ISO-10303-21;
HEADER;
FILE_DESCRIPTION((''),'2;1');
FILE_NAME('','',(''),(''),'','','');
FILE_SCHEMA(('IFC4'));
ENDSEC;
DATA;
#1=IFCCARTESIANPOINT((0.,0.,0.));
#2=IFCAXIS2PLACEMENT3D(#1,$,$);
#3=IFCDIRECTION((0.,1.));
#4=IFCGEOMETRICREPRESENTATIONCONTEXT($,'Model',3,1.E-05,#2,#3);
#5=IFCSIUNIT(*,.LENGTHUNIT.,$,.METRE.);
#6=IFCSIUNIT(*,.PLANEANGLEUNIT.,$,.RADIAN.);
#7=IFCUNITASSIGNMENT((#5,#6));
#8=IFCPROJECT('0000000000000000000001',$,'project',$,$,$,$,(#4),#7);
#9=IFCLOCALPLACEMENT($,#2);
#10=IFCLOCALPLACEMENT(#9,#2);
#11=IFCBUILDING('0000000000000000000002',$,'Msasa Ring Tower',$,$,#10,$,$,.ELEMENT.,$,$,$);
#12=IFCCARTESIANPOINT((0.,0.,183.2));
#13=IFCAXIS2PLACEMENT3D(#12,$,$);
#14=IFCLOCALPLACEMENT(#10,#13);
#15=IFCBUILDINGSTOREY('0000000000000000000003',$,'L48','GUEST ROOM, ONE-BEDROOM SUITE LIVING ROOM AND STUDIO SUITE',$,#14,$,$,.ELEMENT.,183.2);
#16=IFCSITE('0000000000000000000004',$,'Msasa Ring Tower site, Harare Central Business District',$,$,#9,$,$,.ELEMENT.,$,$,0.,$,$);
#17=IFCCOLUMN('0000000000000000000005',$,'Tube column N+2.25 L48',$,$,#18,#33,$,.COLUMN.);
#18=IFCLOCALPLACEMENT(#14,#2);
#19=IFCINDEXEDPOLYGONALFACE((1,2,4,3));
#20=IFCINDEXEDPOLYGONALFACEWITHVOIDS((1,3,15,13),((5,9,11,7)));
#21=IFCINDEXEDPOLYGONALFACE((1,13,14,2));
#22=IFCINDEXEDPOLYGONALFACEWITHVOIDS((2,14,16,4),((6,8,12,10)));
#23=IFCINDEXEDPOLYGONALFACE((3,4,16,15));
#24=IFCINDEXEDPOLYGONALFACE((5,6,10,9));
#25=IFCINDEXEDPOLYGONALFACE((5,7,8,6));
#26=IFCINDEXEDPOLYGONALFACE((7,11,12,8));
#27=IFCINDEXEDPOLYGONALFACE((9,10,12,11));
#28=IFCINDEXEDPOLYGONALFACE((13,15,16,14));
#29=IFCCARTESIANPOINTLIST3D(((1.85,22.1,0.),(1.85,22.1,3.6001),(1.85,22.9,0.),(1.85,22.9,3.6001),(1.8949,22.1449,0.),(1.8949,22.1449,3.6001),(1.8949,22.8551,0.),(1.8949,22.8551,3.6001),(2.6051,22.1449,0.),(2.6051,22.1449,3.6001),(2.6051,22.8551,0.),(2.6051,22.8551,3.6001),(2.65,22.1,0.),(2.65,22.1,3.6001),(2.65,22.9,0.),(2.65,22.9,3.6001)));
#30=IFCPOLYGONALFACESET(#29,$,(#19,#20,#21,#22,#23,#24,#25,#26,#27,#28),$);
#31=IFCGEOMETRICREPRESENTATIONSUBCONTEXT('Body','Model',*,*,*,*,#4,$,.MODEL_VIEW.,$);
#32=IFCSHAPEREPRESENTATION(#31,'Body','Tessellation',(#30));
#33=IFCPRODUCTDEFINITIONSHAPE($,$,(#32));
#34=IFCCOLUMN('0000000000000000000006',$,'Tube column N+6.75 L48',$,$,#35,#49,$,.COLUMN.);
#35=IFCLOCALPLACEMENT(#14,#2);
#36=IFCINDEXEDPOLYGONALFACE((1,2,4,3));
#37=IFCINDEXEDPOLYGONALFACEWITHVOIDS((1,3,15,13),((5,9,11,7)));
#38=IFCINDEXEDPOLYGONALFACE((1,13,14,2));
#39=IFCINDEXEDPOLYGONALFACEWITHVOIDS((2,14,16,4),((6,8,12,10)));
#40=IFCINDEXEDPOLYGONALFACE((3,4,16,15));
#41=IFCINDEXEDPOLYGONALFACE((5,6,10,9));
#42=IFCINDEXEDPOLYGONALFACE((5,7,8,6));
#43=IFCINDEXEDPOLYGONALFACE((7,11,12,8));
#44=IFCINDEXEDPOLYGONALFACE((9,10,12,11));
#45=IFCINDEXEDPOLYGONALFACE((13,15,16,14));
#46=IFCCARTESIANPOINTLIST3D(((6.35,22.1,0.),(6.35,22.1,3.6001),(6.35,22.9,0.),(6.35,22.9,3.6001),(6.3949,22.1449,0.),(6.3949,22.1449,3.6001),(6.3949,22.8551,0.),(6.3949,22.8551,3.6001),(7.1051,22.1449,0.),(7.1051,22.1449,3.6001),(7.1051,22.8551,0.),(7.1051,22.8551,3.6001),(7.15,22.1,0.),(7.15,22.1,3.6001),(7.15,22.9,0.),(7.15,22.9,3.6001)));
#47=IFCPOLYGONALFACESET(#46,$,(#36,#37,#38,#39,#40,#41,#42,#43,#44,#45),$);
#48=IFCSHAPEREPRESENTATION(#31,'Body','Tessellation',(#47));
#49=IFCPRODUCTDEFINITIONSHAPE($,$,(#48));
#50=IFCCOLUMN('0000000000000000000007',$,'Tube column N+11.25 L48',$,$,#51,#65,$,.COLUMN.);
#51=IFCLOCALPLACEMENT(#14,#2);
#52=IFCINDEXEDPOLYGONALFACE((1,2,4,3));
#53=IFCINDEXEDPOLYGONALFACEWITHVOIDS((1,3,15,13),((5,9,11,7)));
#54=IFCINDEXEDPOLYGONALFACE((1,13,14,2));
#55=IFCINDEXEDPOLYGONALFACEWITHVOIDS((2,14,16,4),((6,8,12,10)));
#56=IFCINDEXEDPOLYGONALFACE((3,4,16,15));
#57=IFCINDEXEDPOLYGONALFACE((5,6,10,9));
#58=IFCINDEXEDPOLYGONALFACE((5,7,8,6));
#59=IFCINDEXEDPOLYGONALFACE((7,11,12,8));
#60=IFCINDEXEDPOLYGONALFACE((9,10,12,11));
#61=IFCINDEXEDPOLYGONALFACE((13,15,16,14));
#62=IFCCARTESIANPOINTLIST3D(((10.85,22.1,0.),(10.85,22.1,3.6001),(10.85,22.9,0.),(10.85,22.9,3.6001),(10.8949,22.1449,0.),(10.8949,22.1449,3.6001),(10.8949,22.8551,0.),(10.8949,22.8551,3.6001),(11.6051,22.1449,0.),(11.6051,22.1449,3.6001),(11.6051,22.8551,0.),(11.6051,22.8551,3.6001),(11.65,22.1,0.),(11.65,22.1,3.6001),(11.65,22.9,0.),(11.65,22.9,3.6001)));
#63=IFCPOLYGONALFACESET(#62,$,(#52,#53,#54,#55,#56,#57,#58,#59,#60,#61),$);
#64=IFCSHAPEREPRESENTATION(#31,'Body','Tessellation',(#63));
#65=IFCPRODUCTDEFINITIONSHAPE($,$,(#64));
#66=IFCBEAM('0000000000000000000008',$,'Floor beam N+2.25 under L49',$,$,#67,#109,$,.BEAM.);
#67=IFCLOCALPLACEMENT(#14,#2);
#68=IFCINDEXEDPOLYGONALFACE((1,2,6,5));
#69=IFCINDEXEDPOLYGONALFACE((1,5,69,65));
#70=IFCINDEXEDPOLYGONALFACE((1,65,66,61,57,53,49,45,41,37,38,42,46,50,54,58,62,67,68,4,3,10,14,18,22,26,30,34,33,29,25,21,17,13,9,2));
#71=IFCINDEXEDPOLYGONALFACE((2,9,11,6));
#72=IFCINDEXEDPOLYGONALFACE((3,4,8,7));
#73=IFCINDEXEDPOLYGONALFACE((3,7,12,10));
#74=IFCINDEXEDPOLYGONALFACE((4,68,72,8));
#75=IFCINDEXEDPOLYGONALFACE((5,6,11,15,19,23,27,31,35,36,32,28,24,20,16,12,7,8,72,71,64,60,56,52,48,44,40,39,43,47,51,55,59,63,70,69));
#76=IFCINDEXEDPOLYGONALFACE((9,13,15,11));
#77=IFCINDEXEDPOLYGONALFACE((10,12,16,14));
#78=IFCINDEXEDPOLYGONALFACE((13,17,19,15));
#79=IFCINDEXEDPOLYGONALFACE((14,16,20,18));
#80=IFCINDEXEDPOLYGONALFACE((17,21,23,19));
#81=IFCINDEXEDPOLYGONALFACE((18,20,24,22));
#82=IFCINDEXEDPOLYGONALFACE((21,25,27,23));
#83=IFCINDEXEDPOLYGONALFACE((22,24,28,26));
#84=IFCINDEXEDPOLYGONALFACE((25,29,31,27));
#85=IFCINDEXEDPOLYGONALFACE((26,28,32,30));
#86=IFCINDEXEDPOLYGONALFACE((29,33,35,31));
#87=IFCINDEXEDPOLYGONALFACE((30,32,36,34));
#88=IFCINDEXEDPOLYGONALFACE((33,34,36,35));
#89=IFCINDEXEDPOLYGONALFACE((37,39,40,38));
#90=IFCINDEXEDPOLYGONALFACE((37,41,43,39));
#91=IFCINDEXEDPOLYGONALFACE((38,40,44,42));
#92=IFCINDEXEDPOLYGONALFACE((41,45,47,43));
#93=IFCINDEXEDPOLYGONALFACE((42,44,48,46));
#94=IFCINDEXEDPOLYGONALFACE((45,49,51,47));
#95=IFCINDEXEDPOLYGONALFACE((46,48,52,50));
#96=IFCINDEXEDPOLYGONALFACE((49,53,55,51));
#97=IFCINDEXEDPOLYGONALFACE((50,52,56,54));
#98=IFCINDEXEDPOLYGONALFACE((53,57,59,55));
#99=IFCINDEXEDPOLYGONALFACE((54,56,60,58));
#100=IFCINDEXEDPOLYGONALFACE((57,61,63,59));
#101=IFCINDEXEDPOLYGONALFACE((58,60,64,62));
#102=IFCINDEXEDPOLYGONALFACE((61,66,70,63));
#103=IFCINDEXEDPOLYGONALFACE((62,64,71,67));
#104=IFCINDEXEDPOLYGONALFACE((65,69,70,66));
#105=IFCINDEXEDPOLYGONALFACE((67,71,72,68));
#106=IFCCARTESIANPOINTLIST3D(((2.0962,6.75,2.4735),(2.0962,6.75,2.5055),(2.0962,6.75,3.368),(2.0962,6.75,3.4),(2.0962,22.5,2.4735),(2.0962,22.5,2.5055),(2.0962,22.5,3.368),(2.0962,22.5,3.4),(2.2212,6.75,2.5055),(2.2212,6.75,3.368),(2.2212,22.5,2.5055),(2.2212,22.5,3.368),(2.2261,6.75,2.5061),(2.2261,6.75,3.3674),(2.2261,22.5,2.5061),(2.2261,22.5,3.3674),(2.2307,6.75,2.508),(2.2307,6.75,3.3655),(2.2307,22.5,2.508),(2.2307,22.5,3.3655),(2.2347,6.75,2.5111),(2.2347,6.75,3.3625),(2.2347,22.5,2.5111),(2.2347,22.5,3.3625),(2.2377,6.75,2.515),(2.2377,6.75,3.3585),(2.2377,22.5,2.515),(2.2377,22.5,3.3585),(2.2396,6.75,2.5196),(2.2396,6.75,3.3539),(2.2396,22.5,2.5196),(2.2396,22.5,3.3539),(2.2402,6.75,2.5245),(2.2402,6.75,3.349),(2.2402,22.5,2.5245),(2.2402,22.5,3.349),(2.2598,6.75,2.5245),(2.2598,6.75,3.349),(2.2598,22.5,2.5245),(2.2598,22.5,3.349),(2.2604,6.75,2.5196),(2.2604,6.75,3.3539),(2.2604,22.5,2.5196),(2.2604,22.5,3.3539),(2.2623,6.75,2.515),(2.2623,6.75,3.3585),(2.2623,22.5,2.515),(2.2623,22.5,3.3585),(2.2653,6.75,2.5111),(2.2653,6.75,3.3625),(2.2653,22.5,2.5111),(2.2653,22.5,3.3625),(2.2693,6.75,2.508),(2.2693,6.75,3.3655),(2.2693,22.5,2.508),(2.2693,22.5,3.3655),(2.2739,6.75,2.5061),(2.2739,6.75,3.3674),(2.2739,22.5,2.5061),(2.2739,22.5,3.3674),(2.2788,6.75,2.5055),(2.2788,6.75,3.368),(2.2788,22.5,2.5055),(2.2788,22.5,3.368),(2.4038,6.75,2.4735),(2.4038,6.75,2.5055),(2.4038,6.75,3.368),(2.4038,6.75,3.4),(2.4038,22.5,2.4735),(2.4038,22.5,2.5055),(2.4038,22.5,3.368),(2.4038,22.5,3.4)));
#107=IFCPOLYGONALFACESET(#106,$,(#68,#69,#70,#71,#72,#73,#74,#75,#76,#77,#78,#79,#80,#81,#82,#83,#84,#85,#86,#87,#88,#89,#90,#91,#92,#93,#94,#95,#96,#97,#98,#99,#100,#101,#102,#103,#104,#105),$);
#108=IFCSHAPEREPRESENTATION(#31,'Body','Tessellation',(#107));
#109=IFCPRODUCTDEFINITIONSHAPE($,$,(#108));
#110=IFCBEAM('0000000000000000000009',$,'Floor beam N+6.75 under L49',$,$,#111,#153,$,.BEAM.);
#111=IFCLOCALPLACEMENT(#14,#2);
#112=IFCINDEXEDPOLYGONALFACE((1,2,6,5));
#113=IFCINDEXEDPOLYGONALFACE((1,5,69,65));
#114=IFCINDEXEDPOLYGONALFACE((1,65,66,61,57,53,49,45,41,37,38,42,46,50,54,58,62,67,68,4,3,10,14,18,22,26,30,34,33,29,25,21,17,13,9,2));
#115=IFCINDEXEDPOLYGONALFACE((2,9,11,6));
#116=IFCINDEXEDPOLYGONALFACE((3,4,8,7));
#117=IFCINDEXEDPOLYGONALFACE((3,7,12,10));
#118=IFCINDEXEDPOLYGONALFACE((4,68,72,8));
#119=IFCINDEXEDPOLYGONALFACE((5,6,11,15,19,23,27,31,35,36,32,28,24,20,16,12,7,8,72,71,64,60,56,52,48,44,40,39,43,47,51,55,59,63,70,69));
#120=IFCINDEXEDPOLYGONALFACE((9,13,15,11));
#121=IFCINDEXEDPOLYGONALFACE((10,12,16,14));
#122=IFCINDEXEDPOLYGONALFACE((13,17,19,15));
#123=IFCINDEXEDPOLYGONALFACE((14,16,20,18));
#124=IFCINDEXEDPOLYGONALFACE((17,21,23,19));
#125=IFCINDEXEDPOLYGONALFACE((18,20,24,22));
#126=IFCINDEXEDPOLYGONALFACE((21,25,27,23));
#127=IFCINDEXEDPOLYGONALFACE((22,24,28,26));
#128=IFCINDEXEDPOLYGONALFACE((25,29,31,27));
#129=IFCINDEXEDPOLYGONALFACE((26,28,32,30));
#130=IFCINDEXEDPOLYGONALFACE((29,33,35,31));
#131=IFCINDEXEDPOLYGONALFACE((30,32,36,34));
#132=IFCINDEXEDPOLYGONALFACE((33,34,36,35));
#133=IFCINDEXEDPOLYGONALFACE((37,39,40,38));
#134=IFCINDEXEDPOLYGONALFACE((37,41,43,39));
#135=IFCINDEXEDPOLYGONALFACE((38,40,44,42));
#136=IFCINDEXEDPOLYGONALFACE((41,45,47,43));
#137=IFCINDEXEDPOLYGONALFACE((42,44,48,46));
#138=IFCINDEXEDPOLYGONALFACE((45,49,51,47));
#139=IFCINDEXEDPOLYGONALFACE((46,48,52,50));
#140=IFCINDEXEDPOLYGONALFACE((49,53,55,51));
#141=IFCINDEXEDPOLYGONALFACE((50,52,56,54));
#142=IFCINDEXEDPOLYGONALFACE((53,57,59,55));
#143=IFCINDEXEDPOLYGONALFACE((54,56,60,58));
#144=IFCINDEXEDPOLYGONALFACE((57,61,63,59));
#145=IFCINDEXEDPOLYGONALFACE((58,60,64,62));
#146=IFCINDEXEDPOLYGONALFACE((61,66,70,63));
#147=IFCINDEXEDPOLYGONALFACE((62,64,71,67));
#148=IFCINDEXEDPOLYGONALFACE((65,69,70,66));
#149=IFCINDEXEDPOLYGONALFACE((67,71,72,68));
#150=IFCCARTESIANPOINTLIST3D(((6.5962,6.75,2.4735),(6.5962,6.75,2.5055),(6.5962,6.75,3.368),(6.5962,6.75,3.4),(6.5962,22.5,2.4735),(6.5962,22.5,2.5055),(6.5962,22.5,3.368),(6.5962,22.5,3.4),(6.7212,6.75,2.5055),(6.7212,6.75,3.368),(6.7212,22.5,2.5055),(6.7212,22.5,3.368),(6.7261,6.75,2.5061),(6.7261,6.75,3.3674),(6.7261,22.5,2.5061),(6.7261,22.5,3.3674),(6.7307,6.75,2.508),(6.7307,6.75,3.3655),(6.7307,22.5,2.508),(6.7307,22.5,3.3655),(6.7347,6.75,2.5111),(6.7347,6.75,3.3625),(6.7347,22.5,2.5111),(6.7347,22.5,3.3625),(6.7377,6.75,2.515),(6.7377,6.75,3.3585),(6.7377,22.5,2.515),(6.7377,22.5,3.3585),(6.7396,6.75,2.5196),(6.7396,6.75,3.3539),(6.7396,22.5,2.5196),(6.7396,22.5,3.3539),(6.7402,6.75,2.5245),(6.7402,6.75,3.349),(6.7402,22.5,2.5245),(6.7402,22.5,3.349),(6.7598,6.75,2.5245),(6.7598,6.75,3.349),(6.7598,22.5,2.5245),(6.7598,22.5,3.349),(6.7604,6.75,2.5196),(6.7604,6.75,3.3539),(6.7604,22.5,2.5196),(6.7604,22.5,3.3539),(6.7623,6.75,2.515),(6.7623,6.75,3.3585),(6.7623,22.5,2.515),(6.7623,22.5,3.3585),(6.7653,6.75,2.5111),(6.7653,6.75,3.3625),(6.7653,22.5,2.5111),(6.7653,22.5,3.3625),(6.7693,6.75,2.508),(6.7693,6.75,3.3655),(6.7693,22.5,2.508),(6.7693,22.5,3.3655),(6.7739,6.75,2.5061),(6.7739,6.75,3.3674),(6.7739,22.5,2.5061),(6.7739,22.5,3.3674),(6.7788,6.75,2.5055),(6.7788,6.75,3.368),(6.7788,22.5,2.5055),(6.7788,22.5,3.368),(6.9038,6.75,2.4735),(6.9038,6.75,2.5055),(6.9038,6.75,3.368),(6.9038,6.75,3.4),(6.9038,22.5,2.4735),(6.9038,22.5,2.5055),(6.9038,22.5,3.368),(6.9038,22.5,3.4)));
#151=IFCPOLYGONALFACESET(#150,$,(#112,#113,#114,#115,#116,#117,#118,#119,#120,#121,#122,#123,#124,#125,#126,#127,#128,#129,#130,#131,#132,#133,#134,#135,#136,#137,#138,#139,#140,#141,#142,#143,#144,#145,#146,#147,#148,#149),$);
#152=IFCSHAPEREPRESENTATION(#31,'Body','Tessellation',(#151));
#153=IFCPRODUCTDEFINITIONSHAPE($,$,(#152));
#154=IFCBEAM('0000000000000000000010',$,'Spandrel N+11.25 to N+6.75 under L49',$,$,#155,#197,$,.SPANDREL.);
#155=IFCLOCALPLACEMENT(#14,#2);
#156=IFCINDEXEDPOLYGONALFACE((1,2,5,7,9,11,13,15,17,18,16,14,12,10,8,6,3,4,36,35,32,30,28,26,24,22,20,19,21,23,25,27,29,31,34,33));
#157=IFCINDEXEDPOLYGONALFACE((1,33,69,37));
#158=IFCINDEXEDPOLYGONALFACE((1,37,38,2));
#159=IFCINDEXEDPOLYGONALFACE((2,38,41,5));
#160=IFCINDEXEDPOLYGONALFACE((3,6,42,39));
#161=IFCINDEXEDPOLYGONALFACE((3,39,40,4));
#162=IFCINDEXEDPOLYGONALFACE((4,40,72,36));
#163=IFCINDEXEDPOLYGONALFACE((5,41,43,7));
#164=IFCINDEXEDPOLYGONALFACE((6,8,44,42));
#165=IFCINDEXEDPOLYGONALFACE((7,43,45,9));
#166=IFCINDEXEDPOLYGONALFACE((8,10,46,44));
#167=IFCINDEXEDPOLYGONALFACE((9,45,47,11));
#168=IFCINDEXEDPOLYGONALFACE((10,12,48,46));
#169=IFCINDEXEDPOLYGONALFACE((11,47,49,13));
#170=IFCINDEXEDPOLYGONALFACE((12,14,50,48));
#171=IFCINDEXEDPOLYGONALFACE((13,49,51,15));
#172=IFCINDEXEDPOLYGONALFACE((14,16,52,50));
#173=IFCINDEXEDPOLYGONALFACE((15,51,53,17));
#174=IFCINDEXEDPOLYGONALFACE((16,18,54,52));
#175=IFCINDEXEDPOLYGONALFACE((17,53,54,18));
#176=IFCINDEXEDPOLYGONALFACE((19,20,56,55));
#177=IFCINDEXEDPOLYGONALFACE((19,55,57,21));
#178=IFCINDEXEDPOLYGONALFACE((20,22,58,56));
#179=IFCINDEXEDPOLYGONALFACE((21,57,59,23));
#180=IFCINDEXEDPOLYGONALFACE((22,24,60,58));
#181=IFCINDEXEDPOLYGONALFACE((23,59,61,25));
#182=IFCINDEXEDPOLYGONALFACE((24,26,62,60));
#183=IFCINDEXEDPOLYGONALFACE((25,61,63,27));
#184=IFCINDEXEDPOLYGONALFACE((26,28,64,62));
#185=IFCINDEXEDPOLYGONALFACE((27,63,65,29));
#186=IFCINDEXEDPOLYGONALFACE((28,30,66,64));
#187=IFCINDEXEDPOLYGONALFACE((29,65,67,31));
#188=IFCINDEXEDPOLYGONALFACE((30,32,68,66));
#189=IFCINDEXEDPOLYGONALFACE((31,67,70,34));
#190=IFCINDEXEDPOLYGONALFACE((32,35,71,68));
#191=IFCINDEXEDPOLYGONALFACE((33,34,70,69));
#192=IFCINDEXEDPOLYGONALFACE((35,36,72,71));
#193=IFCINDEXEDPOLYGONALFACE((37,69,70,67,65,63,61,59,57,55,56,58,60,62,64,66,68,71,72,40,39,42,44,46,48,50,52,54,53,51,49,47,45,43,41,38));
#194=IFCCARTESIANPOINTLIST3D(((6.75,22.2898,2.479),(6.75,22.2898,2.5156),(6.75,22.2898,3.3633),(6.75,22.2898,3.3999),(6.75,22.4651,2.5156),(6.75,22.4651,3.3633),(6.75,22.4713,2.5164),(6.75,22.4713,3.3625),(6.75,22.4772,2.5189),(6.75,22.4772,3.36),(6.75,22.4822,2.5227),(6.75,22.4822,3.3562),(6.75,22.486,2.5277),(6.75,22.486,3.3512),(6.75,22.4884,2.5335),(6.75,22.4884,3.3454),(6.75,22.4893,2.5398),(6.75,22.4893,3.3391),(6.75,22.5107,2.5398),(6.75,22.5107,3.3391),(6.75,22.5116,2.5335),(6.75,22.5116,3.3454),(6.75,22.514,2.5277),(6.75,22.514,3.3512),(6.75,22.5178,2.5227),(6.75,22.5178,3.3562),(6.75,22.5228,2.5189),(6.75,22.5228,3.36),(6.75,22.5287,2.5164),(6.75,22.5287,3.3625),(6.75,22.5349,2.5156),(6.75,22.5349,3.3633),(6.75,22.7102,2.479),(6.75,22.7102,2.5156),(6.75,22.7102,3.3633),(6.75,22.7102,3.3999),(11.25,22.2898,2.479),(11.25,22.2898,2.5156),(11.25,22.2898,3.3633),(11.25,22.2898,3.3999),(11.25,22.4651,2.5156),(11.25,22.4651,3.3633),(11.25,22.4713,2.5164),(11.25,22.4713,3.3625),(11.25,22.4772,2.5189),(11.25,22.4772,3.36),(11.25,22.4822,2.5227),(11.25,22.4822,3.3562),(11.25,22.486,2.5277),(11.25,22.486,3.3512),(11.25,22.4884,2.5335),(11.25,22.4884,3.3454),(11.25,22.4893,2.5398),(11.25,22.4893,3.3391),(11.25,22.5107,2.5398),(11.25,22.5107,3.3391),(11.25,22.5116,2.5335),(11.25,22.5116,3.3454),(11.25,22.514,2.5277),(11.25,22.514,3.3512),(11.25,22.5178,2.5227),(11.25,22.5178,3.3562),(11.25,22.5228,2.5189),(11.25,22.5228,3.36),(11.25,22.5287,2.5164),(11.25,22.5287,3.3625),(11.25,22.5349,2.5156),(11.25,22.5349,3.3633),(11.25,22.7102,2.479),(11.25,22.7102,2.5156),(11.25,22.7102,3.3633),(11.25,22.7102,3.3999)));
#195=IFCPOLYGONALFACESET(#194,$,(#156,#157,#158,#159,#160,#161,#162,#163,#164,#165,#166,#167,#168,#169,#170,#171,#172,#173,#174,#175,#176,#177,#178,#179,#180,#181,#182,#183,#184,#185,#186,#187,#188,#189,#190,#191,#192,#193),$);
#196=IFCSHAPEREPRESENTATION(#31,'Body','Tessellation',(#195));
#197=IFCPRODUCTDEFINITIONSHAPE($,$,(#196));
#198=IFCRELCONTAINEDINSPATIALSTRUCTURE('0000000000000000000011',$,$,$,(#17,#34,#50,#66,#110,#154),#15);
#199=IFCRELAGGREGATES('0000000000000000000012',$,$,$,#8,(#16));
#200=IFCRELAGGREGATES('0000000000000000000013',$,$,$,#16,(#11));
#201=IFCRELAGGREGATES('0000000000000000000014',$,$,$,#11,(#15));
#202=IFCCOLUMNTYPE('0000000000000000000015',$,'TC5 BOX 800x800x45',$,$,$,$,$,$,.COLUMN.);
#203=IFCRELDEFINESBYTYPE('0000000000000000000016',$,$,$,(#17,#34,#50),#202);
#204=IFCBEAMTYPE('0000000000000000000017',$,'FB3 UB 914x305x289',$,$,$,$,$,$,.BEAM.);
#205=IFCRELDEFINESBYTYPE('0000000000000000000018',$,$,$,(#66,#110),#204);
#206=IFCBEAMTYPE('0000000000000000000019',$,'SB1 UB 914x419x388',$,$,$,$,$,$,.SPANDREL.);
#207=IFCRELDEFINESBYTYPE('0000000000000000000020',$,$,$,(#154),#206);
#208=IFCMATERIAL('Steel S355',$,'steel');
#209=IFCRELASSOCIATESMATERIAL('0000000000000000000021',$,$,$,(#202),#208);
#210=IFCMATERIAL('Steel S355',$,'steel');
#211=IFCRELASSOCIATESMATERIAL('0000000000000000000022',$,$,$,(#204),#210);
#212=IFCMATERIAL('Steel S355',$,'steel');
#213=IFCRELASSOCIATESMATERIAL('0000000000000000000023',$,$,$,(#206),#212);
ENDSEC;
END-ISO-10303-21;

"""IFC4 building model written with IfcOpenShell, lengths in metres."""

from ifc_helpers import new_model, si_unit, direction, frame, origin, origin_2d, place, context, subcontext, project, spatial, hollow_rectangle, i_section, extrude, material, material_profile, profile_set, type_object, element, save


model = new_model("IFC4")

# Units and contexts
model_context = context("Model", 3, precision=1e-05, world=origin(), true_north=direction((0.0, 1.0)))
body_context = subcontext(model_context, "Body", "Model", "MODEL_VIEW")
ifc_project = project(units=[si_unit("LENGTHUNIT", "METRE"), si_unit("PLANEANGLEUNIT", "RADIAN")], contexts=[model_context])

# Site, building, storey
site_placement = place(None, origin())
site = spatial("IfcSite", under=ifc_project, at=site_placement, Name="Msasa Ring Tower site, Harare Central Business District", CompositionType="ELEMENT", RefElevation=0.0)
building_placement = place(site_placement, origin())
building = spatial("IfcBuilding", under=site, at=building_placement, Name="Msasa Ring Tower", CompositionType="ELEMENT")
storey_placement = place(building_placement, frame((0.0, 0.0, 183.2)))
storey = spatial("IfcBuildingStorey", under=building, at=storey_placement, Name="L48", Description="GUEST ROOM, ONE-BEDROOM SUITE LIVING ROOM AND STUDIO SUITE", CompositionType="ELEMENT", Elevation=183.2)

# Columns
ifc_material_1 = material(Name="Steel S355", Category="steel")
ifc_material_profile_1 = material_profile(ifc_material_1, hollow_rectangle(XDim=0.8, YDim=0.8, WallThickness=0.0449, at=origin_2d()), Name="BOX 800x800x45")
ifc_profile_set_1 = profile_set([ifc_material_profile_1], Name="Steel S355")
column_type = type_object("IfcColumnType", Name="TC5 BOX 800x800x45", PredefinedType="COLUMN", material=ifc_profile_set_1)
for number, where, z_axis, x_axis, name in (
    (1, (2.25, 22.5, 0.0), (0.0, 0.0, 1.0), (0.0, 1.0, 0.0), "Tube column N+2.25 L48"),
    (2, (6.75, 22.5, 0.0), (0.0, 0.0, 1.0), (0.0, 1.0, 0.0), "Tube column N+6.75 L48"),
    (3, (11.25, 22.5, 0.0), (0.0, 0.0, 1.0), (0.0, 1.0, 0.0), "Tube column N+11.25 L48"),
):
    element("IfcColumn", number, at=place(storey_placement, frame(where, z_axis=z_axis, x_axis=x_axis)), inside=storey, type_object=column_type, Name=name, PredefinedType="COLUMN", context=body_context, shape_type="SweptSolid", body=[
        extrude(hollow_rectangle(XDim=0.8, YDim=0.8, WallThickness=0.0449, at=origin_2d()), origin(), (0.0, 0.0, 1.0), 3.6001),
    ])

# Beams
ifc_material_2 = material(Name="Steel S355", Category="steel")
ifc_material_profile_2 = material_profile(ifc_material_2, i_section(OverallWidth=0.3076, OverallDepth=0.9265, WebThickness=0.0195, FlangeThickness=0.032, FilletRadius=0.019, at=origin_2d()), Name="UB 914x305x289")
ifc_profile_set_2 = profile_set([ifc_material_profile_2], Name="Steel S355")
beam_type_1 = type_object("IfcBeamType", Name="FB3 UB 914x305x289", PredefinedType="BEAM", material=ifc_profile_set_2)
for number, where, z_axis, x_axis, name in (
    (4, (2.25, 22.5, 2.9368), (0.0, -1.0, 0.0), (1.0, 0.0, 0.0), "Floor beam N+2.25 under L49"),
    (5, (6.75, 22.5, 2.9368), (0.0, -1.0, 0.0), (1.0, 0.0, 0.0), "Floor beam N+6.75 under L49"),
):
    element("IfcBeam", number, at=place(storey_placement, frame(where, z_axis=z_axis, x_axis=x_axis)), inside=storey, type_object=beam_type_1, Name=name, PredefinedType="BEAM", context=body_context, shape_type="SweptSolid", body=[
        extrude(i_section(OverallWidth=0.3076, OverallDepth=0.9265, WebThickness=0.0195, FlangeThickness=0.032, FilletRadius=0.019, at=origin_2d()), origin(), (0.0, 0.0, 1.0), 15.75),
    ])
ifc_material_3 = material(Name="Steel S355", Category="steel")
ifc_material_profile_3 = material_profile(ifc_material_3, i_section(OverallWidth=0.4204, OverallDepth=0.9209, WebThickness=0.0215, FlangeThickness=0.0366, FilletRadius=0.0242, at=origin_2d()), Name="UB 914x419x388")
ifc_profile_set_3 = profile_set([ifc_material_profile_3], Name="Steel S355")
beam_type_2 = type_object("IfcBeamType", Name="SB1 UB 914x419x388", PredefinedType="SPANDREL", material=ifc_profile_set_3)
for number, where, z_axis, x_axis, name in (
    (6, (11.25, 22.5, 2.9395), (-1.0, 0.0, 0.0), (0.0, -1.0, 0.0), "Spandrel N+11.25 to N+6.75 under L49"),
):
    element("IfcBeam", number, at=place(storey_placement, frame(where, z_axis=z_axis, x_axis=x_axis)), inside=storey, type_object=beam_type_2, Name=name, PredefinedType="SPANDREL", context=body_context, shape_type="SweptSolid", body=[
        extrude(i_section(OverallWidth=0.4204, OverallDepth=0.9209, WebThickness=0.0215, FlangeThickness=0.0366, FilletRadius=0.0242, at=origin_2d()), origin(), (0.0, 0.0, 1.0), 4.5),
    ])

save(model, "model.ifc")
